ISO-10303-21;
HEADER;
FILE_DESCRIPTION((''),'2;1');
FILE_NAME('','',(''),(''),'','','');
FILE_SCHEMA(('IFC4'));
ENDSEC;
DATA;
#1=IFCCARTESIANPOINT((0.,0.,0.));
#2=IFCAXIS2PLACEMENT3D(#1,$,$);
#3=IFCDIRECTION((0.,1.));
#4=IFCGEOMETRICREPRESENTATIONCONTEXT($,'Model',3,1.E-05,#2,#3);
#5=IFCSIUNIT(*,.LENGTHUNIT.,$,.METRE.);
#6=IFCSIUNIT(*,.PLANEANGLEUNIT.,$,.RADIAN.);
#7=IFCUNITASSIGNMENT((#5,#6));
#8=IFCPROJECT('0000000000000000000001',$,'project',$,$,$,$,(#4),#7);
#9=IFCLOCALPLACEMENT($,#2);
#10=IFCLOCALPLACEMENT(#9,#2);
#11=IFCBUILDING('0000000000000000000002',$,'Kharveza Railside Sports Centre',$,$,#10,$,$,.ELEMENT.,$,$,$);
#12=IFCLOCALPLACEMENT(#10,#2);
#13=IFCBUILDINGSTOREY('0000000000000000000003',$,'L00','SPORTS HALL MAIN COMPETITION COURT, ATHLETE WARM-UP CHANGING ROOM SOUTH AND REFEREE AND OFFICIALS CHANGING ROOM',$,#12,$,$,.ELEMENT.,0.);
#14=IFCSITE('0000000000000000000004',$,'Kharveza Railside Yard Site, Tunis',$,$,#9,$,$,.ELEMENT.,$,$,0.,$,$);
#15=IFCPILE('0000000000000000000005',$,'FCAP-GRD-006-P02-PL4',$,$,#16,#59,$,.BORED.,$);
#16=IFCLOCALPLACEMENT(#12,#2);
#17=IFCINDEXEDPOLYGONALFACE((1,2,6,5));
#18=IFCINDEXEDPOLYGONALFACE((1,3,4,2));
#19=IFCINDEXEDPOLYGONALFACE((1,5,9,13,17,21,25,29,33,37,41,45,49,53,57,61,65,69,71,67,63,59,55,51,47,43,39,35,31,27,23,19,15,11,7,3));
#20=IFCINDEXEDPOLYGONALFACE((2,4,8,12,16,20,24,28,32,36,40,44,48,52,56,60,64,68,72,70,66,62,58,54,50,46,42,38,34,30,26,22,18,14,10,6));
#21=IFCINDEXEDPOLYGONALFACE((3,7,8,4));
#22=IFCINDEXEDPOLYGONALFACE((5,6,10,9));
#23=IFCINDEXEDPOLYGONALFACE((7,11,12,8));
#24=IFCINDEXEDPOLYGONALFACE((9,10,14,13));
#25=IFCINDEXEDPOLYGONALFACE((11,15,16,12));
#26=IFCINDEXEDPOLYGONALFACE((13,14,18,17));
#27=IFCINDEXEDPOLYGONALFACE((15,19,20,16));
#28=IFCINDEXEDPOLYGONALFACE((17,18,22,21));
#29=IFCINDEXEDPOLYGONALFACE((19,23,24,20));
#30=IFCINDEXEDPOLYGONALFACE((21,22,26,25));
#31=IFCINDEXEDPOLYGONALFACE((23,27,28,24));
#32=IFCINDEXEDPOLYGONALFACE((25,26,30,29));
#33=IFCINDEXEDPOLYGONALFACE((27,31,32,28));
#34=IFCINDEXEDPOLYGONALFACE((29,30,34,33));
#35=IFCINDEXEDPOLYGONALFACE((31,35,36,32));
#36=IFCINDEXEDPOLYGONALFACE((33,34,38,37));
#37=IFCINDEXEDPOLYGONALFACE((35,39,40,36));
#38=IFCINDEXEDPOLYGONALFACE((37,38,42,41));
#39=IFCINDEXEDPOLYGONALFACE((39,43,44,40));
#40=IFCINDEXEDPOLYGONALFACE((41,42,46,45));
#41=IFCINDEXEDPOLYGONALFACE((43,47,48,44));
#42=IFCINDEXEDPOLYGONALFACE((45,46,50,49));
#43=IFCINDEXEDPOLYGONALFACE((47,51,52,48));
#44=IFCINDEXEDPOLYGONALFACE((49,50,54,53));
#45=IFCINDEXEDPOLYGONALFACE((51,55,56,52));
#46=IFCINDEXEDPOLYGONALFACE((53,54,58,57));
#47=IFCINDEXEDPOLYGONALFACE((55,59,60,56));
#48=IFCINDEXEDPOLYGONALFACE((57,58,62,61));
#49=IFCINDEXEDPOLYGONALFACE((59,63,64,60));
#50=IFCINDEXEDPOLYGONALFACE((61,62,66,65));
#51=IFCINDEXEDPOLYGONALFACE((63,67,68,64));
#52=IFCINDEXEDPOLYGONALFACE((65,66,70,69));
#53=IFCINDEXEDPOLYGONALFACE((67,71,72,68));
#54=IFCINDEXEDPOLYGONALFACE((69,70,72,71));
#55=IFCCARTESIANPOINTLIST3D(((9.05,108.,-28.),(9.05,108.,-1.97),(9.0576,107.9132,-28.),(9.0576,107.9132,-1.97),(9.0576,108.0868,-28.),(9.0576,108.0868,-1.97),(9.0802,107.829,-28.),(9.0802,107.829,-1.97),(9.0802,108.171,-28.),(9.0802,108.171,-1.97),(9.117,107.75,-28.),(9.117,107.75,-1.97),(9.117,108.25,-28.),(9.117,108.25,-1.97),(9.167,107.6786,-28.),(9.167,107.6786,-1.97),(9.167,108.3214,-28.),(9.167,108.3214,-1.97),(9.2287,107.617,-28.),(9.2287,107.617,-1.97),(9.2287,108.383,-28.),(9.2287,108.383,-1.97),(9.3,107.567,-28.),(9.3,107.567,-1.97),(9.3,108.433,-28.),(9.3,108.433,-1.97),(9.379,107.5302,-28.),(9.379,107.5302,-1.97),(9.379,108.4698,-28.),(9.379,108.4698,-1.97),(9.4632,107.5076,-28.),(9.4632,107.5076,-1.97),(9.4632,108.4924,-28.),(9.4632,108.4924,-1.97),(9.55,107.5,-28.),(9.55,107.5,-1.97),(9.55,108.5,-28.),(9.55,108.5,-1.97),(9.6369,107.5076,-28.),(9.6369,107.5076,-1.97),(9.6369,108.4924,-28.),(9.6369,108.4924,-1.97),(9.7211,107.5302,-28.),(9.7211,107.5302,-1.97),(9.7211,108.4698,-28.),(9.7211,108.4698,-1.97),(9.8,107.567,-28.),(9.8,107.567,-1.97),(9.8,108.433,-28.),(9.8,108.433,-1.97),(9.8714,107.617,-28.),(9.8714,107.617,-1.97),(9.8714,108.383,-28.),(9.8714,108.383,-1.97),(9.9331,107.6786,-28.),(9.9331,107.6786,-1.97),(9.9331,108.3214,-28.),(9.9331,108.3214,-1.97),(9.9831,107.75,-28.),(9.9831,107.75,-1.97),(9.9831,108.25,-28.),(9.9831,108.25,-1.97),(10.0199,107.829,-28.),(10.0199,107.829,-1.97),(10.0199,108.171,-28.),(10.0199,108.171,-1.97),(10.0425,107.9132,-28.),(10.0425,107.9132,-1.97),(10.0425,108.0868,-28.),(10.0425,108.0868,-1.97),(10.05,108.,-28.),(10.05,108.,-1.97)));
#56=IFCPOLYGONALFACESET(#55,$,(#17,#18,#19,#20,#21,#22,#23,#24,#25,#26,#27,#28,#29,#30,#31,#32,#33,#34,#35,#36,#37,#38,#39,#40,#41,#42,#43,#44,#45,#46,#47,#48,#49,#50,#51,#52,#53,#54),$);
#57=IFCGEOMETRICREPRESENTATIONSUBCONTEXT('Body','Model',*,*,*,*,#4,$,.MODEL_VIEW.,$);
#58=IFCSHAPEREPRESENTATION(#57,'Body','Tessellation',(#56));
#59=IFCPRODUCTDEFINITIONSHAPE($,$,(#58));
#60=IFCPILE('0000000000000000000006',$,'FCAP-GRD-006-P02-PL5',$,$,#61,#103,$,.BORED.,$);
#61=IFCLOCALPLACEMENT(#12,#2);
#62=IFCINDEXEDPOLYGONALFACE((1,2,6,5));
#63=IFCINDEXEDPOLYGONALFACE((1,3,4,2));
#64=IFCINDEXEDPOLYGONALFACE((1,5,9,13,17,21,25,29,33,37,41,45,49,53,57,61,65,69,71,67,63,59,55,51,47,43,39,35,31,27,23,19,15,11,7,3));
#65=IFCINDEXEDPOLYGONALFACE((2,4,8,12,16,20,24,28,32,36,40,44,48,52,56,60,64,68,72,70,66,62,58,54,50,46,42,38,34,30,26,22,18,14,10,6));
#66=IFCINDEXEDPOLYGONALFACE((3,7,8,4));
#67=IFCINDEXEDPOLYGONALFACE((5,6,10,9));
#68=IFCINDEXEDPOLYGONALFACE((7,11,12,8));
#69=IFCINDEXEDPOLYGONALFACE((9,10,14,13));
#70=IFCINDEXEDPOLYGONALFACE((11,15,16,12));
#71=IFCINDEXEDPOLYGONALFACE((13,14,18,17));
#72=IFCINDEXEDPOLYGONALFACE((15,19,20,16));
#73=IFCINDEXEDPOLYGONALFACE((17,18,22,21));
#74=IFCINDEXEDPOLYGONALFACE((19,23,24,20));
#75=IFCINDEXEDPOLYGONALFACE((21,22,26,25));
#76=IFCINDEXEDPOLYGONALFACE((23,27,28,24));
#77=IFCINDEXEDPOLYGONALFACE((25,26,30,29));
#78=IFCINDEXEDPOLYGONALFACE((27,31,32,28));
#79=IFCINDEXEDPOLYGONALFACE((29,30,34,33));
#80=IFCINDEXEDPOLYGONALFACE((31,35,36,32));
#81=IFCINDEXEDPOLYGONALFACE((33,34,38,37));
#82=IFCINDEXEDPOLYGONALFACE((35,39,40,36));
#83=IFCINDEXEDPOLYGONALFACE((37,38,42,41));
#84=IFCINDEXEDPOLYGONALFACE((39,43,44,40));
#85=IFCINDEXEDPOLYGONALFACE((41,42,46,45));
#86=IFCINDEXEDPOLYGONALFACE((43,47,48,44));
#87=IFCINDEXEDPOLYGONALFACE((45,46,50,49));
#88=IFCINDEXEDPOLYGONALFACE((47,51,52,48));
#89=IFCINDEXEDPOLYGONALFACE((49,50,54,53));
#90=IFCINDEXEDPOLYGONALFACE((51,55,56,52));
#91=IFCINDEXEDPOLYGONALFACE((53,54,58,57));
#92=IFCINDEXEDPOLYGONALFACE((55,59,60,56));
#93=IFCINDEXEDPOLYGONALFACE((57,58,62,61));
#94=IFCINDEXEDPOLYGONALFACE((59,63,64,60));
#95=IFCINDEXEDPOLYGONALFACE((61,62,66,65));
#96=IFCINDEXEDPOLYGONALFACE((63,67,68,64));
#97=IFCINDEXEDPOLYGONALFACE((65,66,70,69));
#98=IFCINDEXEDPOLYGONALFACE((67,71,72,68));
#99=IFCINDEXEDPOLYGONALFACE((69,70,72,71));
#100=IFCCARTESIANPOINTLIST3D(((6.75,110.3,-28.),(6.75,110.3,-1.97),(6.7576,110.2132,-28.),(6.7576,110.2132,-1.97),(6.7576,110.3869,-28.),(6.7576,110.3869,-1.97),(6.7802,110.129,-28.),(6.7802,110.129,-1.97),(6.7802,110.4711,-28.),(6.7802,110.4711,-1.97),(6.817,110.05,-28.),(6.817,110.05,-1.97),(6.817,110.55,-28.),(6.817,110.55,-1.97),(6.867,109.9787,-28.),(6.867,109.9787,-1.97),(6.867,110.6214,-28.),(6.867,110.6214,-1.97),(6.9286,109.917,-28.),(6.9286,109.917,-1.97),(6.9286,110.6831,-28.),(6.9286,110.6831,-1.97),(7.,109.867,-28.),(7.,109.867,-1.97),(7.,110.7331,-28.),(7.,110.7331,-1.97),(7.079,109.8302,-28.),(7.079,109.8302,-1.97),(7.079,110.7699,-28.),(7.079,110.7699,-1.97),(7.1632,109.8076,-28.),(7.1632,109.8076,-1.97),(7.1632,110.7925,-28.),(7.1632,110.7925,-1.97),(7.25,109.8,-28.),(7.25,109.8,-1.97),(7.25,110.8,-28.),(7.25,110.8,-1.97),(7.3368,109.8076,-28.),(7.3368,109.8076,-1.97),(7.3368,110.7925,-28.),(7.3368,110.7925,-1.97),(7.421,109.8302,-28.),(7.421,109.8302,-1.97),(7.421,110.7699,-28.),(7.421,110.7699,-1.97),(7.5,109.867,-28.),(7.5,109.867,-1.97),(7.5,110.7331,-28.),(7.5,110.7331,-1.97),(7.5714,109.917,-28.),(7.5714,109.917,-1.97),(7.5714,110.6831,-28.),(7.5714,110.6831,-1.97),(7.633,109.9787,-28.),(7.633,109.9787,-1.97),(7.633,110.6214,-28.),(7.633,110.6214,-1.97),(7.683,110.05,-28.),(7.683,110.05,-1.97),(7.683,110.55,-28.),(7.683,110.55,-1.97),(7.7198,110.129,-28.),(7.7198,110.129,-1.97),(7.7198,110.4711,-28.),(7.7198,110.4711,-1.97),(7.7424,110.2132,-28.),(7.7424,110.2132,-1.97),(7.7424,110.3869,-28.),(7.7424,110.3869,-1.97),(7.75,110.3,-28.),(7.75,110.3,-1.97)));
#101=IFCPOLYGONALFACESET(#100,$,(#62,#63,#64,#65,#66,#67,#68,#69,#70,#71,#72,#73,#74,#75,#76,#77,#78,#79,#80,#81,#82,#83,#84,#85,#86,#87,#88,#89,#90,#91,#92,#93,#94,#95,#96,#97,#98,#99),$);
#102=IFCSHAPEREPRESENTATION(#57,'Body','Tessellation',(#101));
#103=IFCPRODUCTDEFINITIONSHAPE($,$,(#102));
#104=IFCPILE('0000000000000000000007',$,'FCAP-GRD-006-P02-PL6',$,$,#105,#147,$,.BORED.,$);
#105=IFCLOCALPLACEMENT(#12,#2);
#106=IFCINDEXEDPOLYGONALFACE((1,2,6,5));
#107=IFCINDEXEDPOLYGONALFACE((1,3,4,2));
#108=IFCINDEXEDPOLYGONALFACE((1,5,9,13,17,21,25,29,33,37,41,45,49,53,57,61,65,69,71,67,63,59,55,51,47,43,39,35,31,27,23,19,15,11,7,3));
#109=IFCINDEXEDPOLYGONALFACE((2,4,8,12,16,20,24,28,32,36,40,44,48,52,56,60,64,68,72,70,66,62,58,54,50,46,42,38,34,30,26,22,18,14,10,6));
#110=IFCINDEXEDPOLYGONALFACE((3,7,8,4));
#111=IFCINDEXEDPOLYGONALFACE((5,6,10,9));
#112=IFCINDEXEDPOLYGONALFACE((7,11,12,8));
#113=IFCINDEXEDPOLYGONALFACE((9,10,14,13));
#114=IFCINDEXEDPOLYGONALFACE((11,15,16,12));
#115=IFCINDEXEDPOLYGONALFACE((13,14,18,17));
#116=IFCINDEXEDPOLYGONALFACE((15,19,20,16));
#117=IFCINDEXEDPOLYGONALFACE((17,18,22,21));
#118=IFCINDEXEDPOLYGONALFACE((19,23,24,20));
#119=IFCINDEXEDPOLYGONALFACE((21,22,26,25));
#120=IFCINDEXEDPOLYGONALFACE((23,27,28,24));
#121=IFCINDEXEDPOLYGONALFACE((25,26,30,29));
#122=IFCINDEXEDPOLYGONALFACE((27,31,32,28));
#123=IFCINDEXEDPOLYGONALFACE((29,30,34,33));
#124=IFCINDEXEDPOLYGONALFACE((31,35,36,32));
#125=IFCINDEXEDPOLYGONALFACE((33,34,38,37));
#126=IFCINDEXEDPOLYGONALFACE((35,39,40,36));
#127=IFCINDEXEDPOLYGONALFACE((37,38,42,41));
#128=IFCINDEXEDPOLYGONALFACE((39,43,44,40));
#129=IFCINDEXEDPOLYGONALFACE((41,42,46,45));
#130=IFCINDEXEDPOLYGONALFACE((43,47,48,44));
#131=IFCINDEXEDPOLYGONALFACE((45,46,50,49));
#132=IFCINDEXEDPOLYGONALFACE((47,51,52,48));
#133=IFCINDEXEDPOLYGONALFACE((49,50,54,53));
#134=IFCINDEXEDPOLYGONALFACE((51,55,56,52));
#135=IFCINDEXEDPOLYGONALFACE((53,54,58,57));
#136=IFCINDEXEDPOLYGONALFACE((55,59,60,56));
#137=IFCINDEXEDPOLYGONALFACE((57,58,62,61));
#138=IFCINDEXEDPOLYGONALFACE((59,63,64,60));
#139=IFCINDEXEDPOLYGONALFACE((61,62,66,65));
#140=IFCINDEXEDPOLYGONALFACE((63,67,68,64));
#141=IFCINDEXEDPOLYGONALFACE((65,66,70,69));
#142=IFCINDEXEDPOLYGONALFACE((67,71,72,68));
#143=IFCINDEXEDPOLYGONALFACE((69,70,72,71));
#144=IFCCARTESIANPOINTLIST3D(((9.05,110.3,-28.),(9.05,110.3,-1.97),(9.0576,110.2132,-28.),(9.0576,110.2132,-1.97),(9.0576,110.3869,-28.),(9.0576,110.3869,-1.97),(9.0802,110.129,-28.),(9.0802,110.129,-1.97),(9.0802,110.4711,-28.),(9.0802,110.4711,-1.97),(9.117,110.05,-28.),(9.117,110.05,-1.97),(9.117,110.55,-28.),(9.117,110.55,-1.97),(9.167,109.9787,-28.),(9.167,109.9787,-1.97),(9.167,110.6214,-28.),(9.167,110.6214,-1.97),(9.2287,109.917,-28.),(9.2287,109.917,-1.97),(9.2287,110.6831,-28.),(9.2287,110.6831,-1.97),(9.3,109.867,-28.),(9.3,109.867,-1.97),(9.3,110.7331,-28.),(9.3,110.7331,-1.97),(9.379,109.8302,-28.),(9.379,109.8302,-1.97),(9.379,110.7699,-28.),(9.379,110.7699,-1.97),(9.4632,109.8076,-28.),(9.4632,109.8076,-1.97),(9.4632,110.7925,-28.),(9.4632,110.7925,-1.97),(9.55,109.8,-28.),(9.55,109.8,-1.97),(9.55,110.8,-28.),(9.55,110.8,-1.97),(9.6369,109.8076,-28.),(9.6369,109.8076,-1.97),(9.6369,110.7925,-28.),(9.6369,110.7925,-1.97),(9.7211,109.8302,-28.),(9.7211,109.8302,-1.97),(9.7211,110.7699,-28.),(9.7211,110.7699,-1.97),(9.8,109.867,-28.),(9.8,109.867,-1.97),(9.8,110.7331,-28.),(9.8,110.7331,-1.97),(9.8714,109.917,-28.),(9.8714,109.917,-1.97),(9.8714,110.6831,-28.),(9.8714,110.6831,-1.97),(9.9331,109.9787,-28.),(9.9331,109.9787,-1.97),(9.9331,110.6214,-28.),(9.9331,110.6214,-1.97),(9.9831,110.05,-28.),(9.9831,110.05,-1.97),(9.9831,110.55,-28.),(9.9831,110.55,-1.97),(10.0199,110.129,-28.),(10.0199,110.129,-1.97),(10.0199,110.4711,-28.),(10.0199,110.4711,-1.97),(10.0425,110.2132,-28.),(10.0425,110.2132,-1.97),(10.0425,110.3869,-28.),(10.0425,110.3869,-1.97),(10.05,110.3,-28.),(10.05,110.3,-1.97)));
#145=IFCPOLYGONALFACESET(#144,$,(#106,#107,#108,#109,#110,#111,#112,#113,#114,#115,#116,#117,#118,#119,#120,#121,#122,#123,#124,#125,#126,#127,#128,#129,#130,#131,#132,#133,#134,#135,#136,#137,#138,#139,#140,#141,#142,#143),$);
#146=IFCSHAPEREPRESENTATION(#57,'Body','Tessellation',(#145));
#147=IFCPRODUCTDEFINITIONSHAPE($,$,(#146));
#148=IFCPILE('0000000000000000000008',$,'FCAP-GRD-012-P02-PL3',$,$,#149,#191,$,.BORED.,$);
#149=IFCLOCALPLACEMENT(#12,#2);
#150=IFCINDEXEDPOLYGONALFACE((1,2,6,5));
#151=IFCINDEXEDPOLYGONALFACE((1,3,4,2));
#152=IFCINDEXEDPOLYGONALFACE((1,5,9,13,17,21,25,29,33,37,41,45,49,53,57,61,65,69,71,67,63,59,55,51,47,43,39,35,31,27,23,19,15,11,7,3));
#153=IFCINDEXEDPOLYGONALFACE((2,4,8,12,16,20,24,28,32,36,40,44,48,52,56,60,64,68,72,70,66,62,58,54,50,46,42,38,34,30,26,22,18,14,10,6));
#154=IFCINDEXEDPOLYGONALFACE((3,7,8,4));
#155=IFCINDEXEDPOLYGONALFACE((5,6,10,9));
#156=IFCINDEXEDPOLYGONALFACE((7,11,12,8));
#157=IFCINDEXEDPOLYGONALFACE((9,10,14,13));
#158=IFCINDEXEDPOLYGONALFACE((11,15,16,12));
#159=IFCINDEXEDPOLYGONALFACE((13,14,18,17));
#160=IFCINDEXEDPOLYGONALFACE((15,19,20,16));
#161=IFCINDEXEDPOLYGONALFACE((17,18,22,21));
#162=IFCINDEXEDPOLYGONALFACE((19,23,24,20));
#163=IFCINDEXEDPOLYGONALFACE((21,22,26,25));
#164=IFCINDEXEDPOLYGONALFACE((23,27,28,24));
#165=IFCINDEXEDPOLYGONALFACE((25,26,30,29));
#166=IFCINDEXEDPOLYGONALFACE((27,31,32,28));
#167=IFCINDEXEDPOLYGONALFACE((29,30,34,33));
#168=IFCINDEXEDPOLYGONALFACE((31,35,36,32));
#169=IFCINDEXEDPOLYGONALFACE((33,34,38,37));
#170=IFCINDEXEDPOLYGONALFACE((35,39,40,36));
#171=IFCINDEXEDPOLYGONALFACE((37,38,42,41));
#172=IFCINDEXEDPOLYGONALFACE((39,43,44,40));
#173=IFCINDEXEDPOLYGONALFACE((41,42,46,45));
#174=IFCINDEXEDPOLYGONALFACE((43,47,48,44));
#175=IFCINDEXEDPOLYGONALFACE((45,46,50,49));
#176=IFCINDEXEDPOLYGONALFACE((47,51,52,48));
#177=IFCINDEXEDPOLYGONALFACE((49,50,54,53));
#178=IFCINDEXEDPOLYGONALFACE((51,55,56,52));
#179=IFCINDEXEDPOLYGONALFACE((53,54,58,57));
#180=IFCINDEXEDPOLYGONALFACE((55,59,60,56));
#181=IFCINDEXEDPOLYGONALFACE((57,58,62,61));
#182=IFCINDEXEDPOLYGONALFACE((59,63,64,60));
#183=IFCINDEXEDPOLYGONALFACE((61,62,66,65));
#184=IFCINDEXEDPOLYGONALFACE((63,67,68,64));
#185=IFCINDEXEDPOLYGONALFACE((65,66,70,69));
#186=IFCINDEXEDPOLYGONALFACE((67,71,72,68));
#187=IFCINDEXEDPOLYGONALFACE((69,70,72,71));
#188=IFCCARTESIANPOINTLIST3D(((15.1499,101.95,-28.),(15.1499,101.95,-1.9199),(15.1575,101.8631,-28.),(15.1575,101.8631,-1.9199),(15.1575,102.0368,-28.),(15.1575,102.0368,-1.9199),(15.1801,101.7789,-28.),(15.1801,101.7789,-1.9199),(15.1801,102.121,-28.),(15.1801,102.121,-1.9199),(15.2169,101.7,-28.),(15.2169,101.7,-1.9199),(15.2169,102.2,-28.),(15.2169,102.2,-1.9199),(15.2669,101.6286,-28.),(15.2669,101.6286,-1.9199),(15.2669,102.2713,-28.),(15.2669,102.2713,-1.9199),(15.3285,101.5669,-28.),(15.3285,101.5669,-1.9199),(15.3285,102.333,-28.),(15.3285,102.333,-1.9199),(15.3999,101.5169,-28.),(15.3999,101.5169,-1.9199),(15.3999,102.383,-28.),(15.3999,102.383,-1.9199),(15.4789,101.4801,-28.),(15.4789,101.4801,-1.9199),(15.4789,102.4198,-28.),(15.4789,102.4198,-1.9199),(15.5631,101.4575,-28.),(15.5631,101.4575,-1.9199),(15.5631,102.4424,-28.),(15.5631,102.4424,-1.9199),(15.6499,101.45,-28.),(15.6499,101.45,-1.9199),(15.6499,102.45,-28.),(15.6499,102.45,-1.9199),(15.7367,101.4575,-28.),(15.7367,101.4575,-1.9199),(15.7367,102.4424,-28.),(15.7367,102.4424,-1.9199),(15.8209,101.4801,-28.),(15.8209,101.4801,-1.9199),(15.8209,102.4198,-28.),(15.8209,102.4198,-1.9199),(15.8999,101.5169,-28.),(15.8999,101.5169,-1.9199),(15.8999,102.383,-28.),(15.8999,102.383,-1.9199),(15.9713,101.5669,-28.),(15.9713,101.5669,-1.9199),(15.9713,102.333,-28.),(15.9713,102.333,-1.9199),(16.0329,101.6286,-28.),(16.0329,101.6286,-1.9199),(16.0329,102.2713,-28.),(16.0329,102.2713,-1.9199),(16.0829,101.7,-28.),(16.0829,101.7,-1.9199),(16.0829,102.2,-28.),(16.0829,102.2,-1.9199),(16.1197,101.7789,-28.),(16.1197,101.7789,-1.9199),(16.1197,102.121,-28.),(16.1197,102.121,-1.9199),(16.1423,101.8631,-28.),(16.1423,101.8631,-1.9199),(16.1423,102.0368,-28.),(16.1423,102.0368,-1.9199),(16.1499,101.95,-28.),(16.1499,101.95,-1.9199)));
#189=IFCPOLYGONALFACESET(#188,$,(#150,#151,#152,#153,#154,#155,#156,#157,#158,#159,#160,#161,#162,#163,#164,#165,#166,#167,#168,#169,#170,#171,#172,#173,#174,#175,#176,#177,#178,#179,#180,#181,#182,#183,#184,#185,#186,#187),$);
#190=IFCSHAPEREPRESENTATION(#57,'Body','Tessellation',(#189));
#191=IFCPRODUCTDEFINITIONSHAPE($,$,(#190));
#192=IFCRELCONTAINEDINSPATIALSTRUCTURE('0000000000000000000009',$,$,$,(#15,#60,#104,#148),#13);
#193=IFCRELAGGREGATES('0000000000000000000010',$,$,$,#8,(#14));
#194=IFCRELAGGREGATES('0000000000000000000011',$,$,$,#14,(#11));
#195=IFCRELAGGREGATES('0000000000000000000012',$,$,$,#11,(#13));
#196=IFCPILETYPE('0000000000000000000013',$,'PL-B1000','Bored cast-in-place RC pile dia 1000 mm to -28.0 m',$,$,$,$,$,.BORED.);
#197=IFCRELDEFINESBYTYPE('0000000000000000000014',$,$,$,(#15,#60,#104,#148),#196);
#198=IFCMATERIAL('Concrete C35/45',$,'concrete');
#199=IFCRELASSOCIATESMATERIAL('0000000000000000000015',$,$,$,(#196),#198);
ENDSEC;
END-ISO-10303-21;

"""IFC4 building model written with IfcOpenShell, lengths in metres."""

from ifc_helpers import new_model, si_unit, direction, frame, origin, origin_2d, place, context, subcontext, project, spatial, circle, extrude, material, material_profile, profile_set, type_object, element, save


model = new_model("IFC4")

# Units and contexts
model_context = context("Model", 3, precision=1e-05, world=origin(), true_north=direction((0.0, 1.0)))
body_context = subcontext(model_context, "Body", "Model", "MODEL_VIEW")
ifc_project = project(units=[si_unit("LENGTHUNIT", "METRE"), si_unit("PLANEANGLEUNIT", "RADIAN")], contexts=[model_context])

# Site, building, storey
site_placement = place(None, origin())
site = spatial("IfcSite", under=ifc_project, at=site_placement, Name="Kharveza Railside Yard Site, Tunis", CompositionType="ELEMENT", RefElevation=0.0)
building_placement = place(site_placement, origin())
building = spatial("IfcBuilding", under=site, at=building_placement, Name="Kharveza Railside Sports Centre", CompositionType="ELEMENT")
storey_placement = place(building_placement, origin())
storey = spatial("IfcBuildingStorey", under=building, at=storey_placement, Name="L00", Description="SPORTS HALL MAIN COMPETITION COURT, ATHLETE WARM-UP CHANGING ROOM SOUTH AND REFEREE AND OFFICIALS CHANGING ROOM", CompositionType="ELEMENT", Elevation=0.0)

# Shared definitions
ifc_material_1 = material(Name="Concrete C35/45", Category="concrete")

# Piles
ifc_material_profile_1 = material_profile(ifc_material_1, circle(Radius=0.5, at=origin_2d()), Name="PILE D1000")
ifc_profile_set_1 = profile_set([ifc_material_profile_1], Name="Concrete C35/45")
pile_type_1 = type_object("IfcPileType", Name="PL-B1000", Description="Bored cast-in-place RC pile dia 1000 mm to -28.0 m", PredefinedType="BORED", material=ifc_profile_set_1)
for number, where, z_axis, x_axis, name in (
    (1, (9.55, 108.0, -1.97), (0.0, 0.0, -1.0), (1.0, 0.0, 0.0), "FCAP-GRD-006-P02-PL4"),
    (2, (7.25, 110.3, -1.97), (0.0, 0.0, -1.0), (1.0, 0.0, 0.0), "FCAP-GRD-006-P02-PL5"),
    (3, (9.55, 110.3, -1.97), (0.0, 0.0, -1.0), (1.0, 0.0, 0.0), "FCAP-GRD-006-P02-PL6"),
):
    element("IfcPile", number, at=place(storey_placement, frame(where, z_axis=z_axis, x_axis=x_axis)), inside=storey, type_object=pile_type_1, Name=name, PredefinedType="BORED", context=body_context, shape_type="SweptSolid", body=[
        extrude(circle(Radius=0.5, at=origin_2d()), origin(), (0.0, 0.0, 1.0), 26.03),
    ])
pile_placement = place(storey_placement, frame((15.6499, 101.95, -1.9199), z_axis=(0.0, 0.0, -1.0), x_axis=(1.0, 0.0, 0.0)))
element("IfcPile", 4, at=pile_placement, inside=storey, type_object=pile_type_1, Name="FCAP-GRD-012-P02-PL3", PredefinedType="BORED", context=body_context, shape_type="SweptSolid", body=[
    extrude(circle(Radius=0.5, at=origin_2d()), origin(), (0.0, 0.0, 1.0), 26.0801),
])

save(model, "model.ifc")
